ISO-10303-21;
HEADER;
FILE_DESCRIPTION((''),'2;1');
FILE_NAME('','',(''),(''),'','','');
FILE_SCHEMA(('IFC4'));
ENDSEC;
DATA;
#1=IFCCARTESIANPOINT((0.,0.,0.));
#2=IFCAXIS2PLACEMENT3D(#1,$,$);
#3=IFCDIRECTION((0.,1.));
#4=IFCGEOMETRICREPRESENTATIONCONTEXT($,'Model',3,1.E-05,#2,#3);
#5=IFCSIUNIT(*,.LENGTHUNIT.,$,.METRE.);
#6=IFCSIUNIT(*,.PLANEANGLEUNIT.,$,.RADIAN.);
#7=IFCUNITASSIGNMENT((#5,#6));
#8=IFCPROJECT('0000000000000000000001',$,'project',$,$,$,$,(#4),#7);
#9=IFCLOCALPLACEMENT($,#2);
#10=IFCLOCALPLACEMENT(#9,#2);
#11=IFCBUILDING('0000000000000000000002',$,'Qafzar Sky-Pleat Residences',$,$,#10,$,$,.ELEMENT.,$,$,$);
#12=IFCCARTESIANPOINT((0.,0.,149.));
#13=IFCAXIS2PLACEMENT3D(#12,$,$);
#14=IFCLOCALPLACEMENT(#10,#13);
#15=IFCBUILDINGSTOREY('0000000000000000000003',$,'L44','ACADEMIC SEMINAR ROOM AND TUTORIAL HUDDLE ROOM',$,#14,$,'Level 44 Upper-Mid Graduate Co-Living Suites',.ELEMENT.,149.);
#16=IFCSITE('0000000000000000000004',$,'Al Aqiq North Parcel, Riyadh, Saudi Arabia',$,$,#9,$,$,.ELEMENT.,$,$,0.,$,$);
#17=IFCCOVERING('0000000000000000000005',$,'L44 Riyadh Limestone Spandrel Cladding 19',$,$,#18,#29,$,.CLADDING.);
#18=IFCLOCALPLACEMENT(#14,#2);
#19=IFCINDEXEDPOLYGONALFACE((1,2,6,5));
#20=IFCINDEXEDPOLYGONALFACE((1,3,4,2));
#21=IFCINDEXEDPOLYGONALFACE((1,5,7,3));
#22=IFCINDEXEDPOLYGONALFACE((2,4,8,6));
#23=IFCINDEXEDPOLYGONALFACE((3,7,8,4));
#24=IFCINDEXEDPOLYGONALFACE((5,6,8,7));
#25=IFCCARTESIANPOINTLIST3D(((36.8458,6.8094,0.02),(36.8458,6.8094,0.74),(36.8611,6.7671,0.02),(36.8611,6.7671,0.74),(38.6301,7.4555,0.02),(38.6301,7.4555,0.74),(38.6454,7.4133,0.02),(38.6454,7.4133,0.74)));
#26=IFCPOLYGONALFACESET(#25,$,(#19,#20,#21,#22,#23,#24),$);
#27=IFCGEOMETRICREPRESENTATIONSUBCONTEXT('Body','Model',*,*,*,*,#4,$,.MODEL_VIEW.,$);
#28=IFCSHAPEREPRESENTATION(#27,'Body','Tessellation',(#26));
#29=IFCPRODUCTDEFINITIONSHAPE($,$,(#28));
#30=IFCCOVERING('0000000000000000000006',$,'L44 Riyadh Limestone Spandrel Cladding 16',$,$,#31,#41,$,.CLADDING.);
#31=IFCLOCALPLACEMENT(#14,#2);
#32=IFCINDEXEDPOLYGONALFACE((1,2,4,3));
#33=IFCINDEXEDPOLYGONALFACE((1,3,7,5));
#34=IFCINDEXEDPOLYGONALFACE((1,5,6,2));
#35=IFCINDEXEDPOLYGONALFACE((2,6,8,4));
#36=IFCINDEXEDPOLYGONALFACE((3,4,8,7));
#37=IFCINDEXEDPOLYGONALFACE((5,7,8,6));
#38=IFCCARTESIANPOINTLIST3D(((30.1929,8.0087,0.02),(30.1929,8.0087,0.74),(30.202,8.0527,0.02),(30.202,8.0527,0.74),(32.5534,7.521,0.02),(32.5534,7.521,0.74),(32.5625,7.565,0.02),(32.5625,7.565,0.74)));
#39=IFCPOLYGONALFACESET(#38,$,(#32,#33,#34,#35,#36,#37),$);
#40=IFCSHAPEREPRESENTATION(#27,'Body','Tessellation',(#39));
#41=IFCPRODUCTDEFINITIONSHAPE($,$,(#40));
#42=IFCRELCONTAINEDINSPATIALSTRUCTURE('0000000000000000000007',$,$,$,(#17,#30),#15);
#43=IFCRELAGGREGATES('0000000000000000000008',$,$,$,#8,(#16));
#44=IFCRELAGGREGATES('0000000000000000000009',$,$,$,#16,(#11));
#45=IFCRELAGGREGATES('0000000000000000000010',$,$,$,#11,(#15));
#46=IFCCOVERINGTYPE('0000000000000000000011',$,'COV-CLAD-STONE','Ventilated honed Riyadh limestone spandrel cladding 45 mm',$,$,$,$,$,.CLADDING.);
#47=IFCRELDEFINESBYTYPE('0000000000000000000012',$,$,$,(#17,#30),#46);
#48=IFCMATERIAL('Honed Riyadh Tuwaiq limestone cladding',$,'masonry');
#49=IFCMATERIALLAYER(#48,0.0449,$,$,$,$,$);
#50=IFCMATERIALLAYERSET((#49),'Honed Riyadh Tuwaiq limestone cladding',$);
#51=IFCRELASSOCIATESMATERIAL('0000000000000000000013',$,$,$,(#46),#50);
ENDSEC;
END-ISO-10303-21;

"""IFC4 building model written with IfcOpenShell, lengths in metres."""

from ifc_helpers import new_model, si_unit, direction, frame, origin, origin_2d, place, context, subcontext, project, spatial, rectangle, extrude, source, transform, mapped, material, layer, layer_set, type_object, element, save


model = new_model("IFC4")

# Units and contexts
model_context = context("Model", 3, precision=1e-05, world=origin(), true_north=direction((0.0, 1.0)))
body_context = subcontext(model_context, "Body", "Model", "MODEL_VIEW")
ifc_project = project(units=[si_unit("LENGTHUNIT", "METRE"), si_unit("PLANEANGLEUNIT", "RADIAN")], contexts=[model_context])

# Site, building, storey
site_placement = place(None, origin())
site = spatial("IfcSite", under=ifc_project, at=site_placement, Name="Al Aqiq North Parcel, Riyadh, Saudi Arabia", CompositionType="ELEMENT", RefElevation=0.0)
building_placement = place(site_placement, origin())
building = spatial("IfcBuilding", under=site, at=building_placement, Name="Qafzar Sky-Pleat Residences", CompositionType="ELEMENT")
storey_placement = place(building_placement, frame((0.0, 0.0, 149.0)))
storey = spatial("IfcBuildingStorey", under=building, at=storey_placement, Name="L44", Description="ACADEMIC SEMINAR ROOM AND TUTORIAL HUDDLE ROOM", LongName="Level 44 Upper-Mid Graduate Co-Living Suites", CompositionType="ELEMENT", Elevation=149.0)

# Coverings
ifc_material_1 = material(Name="Honed Riyadh Tuwaiq limestone cladding", Category="masonry")
ifc_layer_1 = layer(ifc_material_1, 0.0449)
ifc_layer_set_1 = layer_set([ifc_layer_1], Name="Honed Riyadh Tuwaiq limestone cladding")
covering_type = type_object("IfcCoveringType", Name="COV-CLAD-STONE", Description="Ventilated honed Riyadh limestone spandrel cladding 45 mm", PredefinedType="CLADDING", material=ifc_layer_set_1)
shared_shape_1 = source(origin(), body_context, "Body", "SweptSolid", [
    extrude(rectangle(XDim=1.8977, YDim=0.0449, at=origin_2d()), origin(), (0.0, 0.0, 1.0), 0.72),
])
covering_1_placement = place(storey_placement, frame((37.7456, 7.1113, 0.02), z_axis=(0.0, 0.0, 1.0), x_axis=(0.940241, 0.340509, 0.0)))
element("IfcCovering", 1, at=covering_1_placement, inside=storey, type_object=covering_type, Name="L44 Riyadh Limestone Spandrel Cladding 19", PredefinedType="CLADDING", context=body_context, shape_type="MappedRepresentation", body=[
    mapped(shared_shape_1, transform((0.0, 0.0, 0.0), x_axis=(1.0, 0.0, 0.0), y_axis=(0.0, 1.0, 0.0), z_axis=(0.0, 0.0, 1.0), scale=1.0)),
])
shared_shape_2 = source(origin(), body_context, "Body", "SweptSolid", [
    extrude(rectangle(XDim=2.4104, YDim=0.0449, at=origin_2d()), origin(), (0.0, 0.0, 1.0), 0.72),
])
covering_2_placement = place(storey_placement, frame((31.3777, 7.7869, 0.02), z_axis=(0.0, 0.0, 1.0), x_axis=(0.979314, -0.202345, 0.0)))
element("IfcCovering", 2, at=covering_2_placement, inside=storey, type_object=covering_type, Name="L44 Riyadh Limestone Spandrel Cladding 16", PredefinedType="CLADDING", context=body_context, shape_type="MappedRepresentation", body=[
    mapped(shared_shape_2, transform((0.0, 0.0, 0.0), x_axis=(1.0, 0.0, 0.0), y_axis=(0.0, 1.0, 0.0), z_axis=(0.0, 0.0, 1.0), scale=1.0)),
])

save(model, "model.ifc")
